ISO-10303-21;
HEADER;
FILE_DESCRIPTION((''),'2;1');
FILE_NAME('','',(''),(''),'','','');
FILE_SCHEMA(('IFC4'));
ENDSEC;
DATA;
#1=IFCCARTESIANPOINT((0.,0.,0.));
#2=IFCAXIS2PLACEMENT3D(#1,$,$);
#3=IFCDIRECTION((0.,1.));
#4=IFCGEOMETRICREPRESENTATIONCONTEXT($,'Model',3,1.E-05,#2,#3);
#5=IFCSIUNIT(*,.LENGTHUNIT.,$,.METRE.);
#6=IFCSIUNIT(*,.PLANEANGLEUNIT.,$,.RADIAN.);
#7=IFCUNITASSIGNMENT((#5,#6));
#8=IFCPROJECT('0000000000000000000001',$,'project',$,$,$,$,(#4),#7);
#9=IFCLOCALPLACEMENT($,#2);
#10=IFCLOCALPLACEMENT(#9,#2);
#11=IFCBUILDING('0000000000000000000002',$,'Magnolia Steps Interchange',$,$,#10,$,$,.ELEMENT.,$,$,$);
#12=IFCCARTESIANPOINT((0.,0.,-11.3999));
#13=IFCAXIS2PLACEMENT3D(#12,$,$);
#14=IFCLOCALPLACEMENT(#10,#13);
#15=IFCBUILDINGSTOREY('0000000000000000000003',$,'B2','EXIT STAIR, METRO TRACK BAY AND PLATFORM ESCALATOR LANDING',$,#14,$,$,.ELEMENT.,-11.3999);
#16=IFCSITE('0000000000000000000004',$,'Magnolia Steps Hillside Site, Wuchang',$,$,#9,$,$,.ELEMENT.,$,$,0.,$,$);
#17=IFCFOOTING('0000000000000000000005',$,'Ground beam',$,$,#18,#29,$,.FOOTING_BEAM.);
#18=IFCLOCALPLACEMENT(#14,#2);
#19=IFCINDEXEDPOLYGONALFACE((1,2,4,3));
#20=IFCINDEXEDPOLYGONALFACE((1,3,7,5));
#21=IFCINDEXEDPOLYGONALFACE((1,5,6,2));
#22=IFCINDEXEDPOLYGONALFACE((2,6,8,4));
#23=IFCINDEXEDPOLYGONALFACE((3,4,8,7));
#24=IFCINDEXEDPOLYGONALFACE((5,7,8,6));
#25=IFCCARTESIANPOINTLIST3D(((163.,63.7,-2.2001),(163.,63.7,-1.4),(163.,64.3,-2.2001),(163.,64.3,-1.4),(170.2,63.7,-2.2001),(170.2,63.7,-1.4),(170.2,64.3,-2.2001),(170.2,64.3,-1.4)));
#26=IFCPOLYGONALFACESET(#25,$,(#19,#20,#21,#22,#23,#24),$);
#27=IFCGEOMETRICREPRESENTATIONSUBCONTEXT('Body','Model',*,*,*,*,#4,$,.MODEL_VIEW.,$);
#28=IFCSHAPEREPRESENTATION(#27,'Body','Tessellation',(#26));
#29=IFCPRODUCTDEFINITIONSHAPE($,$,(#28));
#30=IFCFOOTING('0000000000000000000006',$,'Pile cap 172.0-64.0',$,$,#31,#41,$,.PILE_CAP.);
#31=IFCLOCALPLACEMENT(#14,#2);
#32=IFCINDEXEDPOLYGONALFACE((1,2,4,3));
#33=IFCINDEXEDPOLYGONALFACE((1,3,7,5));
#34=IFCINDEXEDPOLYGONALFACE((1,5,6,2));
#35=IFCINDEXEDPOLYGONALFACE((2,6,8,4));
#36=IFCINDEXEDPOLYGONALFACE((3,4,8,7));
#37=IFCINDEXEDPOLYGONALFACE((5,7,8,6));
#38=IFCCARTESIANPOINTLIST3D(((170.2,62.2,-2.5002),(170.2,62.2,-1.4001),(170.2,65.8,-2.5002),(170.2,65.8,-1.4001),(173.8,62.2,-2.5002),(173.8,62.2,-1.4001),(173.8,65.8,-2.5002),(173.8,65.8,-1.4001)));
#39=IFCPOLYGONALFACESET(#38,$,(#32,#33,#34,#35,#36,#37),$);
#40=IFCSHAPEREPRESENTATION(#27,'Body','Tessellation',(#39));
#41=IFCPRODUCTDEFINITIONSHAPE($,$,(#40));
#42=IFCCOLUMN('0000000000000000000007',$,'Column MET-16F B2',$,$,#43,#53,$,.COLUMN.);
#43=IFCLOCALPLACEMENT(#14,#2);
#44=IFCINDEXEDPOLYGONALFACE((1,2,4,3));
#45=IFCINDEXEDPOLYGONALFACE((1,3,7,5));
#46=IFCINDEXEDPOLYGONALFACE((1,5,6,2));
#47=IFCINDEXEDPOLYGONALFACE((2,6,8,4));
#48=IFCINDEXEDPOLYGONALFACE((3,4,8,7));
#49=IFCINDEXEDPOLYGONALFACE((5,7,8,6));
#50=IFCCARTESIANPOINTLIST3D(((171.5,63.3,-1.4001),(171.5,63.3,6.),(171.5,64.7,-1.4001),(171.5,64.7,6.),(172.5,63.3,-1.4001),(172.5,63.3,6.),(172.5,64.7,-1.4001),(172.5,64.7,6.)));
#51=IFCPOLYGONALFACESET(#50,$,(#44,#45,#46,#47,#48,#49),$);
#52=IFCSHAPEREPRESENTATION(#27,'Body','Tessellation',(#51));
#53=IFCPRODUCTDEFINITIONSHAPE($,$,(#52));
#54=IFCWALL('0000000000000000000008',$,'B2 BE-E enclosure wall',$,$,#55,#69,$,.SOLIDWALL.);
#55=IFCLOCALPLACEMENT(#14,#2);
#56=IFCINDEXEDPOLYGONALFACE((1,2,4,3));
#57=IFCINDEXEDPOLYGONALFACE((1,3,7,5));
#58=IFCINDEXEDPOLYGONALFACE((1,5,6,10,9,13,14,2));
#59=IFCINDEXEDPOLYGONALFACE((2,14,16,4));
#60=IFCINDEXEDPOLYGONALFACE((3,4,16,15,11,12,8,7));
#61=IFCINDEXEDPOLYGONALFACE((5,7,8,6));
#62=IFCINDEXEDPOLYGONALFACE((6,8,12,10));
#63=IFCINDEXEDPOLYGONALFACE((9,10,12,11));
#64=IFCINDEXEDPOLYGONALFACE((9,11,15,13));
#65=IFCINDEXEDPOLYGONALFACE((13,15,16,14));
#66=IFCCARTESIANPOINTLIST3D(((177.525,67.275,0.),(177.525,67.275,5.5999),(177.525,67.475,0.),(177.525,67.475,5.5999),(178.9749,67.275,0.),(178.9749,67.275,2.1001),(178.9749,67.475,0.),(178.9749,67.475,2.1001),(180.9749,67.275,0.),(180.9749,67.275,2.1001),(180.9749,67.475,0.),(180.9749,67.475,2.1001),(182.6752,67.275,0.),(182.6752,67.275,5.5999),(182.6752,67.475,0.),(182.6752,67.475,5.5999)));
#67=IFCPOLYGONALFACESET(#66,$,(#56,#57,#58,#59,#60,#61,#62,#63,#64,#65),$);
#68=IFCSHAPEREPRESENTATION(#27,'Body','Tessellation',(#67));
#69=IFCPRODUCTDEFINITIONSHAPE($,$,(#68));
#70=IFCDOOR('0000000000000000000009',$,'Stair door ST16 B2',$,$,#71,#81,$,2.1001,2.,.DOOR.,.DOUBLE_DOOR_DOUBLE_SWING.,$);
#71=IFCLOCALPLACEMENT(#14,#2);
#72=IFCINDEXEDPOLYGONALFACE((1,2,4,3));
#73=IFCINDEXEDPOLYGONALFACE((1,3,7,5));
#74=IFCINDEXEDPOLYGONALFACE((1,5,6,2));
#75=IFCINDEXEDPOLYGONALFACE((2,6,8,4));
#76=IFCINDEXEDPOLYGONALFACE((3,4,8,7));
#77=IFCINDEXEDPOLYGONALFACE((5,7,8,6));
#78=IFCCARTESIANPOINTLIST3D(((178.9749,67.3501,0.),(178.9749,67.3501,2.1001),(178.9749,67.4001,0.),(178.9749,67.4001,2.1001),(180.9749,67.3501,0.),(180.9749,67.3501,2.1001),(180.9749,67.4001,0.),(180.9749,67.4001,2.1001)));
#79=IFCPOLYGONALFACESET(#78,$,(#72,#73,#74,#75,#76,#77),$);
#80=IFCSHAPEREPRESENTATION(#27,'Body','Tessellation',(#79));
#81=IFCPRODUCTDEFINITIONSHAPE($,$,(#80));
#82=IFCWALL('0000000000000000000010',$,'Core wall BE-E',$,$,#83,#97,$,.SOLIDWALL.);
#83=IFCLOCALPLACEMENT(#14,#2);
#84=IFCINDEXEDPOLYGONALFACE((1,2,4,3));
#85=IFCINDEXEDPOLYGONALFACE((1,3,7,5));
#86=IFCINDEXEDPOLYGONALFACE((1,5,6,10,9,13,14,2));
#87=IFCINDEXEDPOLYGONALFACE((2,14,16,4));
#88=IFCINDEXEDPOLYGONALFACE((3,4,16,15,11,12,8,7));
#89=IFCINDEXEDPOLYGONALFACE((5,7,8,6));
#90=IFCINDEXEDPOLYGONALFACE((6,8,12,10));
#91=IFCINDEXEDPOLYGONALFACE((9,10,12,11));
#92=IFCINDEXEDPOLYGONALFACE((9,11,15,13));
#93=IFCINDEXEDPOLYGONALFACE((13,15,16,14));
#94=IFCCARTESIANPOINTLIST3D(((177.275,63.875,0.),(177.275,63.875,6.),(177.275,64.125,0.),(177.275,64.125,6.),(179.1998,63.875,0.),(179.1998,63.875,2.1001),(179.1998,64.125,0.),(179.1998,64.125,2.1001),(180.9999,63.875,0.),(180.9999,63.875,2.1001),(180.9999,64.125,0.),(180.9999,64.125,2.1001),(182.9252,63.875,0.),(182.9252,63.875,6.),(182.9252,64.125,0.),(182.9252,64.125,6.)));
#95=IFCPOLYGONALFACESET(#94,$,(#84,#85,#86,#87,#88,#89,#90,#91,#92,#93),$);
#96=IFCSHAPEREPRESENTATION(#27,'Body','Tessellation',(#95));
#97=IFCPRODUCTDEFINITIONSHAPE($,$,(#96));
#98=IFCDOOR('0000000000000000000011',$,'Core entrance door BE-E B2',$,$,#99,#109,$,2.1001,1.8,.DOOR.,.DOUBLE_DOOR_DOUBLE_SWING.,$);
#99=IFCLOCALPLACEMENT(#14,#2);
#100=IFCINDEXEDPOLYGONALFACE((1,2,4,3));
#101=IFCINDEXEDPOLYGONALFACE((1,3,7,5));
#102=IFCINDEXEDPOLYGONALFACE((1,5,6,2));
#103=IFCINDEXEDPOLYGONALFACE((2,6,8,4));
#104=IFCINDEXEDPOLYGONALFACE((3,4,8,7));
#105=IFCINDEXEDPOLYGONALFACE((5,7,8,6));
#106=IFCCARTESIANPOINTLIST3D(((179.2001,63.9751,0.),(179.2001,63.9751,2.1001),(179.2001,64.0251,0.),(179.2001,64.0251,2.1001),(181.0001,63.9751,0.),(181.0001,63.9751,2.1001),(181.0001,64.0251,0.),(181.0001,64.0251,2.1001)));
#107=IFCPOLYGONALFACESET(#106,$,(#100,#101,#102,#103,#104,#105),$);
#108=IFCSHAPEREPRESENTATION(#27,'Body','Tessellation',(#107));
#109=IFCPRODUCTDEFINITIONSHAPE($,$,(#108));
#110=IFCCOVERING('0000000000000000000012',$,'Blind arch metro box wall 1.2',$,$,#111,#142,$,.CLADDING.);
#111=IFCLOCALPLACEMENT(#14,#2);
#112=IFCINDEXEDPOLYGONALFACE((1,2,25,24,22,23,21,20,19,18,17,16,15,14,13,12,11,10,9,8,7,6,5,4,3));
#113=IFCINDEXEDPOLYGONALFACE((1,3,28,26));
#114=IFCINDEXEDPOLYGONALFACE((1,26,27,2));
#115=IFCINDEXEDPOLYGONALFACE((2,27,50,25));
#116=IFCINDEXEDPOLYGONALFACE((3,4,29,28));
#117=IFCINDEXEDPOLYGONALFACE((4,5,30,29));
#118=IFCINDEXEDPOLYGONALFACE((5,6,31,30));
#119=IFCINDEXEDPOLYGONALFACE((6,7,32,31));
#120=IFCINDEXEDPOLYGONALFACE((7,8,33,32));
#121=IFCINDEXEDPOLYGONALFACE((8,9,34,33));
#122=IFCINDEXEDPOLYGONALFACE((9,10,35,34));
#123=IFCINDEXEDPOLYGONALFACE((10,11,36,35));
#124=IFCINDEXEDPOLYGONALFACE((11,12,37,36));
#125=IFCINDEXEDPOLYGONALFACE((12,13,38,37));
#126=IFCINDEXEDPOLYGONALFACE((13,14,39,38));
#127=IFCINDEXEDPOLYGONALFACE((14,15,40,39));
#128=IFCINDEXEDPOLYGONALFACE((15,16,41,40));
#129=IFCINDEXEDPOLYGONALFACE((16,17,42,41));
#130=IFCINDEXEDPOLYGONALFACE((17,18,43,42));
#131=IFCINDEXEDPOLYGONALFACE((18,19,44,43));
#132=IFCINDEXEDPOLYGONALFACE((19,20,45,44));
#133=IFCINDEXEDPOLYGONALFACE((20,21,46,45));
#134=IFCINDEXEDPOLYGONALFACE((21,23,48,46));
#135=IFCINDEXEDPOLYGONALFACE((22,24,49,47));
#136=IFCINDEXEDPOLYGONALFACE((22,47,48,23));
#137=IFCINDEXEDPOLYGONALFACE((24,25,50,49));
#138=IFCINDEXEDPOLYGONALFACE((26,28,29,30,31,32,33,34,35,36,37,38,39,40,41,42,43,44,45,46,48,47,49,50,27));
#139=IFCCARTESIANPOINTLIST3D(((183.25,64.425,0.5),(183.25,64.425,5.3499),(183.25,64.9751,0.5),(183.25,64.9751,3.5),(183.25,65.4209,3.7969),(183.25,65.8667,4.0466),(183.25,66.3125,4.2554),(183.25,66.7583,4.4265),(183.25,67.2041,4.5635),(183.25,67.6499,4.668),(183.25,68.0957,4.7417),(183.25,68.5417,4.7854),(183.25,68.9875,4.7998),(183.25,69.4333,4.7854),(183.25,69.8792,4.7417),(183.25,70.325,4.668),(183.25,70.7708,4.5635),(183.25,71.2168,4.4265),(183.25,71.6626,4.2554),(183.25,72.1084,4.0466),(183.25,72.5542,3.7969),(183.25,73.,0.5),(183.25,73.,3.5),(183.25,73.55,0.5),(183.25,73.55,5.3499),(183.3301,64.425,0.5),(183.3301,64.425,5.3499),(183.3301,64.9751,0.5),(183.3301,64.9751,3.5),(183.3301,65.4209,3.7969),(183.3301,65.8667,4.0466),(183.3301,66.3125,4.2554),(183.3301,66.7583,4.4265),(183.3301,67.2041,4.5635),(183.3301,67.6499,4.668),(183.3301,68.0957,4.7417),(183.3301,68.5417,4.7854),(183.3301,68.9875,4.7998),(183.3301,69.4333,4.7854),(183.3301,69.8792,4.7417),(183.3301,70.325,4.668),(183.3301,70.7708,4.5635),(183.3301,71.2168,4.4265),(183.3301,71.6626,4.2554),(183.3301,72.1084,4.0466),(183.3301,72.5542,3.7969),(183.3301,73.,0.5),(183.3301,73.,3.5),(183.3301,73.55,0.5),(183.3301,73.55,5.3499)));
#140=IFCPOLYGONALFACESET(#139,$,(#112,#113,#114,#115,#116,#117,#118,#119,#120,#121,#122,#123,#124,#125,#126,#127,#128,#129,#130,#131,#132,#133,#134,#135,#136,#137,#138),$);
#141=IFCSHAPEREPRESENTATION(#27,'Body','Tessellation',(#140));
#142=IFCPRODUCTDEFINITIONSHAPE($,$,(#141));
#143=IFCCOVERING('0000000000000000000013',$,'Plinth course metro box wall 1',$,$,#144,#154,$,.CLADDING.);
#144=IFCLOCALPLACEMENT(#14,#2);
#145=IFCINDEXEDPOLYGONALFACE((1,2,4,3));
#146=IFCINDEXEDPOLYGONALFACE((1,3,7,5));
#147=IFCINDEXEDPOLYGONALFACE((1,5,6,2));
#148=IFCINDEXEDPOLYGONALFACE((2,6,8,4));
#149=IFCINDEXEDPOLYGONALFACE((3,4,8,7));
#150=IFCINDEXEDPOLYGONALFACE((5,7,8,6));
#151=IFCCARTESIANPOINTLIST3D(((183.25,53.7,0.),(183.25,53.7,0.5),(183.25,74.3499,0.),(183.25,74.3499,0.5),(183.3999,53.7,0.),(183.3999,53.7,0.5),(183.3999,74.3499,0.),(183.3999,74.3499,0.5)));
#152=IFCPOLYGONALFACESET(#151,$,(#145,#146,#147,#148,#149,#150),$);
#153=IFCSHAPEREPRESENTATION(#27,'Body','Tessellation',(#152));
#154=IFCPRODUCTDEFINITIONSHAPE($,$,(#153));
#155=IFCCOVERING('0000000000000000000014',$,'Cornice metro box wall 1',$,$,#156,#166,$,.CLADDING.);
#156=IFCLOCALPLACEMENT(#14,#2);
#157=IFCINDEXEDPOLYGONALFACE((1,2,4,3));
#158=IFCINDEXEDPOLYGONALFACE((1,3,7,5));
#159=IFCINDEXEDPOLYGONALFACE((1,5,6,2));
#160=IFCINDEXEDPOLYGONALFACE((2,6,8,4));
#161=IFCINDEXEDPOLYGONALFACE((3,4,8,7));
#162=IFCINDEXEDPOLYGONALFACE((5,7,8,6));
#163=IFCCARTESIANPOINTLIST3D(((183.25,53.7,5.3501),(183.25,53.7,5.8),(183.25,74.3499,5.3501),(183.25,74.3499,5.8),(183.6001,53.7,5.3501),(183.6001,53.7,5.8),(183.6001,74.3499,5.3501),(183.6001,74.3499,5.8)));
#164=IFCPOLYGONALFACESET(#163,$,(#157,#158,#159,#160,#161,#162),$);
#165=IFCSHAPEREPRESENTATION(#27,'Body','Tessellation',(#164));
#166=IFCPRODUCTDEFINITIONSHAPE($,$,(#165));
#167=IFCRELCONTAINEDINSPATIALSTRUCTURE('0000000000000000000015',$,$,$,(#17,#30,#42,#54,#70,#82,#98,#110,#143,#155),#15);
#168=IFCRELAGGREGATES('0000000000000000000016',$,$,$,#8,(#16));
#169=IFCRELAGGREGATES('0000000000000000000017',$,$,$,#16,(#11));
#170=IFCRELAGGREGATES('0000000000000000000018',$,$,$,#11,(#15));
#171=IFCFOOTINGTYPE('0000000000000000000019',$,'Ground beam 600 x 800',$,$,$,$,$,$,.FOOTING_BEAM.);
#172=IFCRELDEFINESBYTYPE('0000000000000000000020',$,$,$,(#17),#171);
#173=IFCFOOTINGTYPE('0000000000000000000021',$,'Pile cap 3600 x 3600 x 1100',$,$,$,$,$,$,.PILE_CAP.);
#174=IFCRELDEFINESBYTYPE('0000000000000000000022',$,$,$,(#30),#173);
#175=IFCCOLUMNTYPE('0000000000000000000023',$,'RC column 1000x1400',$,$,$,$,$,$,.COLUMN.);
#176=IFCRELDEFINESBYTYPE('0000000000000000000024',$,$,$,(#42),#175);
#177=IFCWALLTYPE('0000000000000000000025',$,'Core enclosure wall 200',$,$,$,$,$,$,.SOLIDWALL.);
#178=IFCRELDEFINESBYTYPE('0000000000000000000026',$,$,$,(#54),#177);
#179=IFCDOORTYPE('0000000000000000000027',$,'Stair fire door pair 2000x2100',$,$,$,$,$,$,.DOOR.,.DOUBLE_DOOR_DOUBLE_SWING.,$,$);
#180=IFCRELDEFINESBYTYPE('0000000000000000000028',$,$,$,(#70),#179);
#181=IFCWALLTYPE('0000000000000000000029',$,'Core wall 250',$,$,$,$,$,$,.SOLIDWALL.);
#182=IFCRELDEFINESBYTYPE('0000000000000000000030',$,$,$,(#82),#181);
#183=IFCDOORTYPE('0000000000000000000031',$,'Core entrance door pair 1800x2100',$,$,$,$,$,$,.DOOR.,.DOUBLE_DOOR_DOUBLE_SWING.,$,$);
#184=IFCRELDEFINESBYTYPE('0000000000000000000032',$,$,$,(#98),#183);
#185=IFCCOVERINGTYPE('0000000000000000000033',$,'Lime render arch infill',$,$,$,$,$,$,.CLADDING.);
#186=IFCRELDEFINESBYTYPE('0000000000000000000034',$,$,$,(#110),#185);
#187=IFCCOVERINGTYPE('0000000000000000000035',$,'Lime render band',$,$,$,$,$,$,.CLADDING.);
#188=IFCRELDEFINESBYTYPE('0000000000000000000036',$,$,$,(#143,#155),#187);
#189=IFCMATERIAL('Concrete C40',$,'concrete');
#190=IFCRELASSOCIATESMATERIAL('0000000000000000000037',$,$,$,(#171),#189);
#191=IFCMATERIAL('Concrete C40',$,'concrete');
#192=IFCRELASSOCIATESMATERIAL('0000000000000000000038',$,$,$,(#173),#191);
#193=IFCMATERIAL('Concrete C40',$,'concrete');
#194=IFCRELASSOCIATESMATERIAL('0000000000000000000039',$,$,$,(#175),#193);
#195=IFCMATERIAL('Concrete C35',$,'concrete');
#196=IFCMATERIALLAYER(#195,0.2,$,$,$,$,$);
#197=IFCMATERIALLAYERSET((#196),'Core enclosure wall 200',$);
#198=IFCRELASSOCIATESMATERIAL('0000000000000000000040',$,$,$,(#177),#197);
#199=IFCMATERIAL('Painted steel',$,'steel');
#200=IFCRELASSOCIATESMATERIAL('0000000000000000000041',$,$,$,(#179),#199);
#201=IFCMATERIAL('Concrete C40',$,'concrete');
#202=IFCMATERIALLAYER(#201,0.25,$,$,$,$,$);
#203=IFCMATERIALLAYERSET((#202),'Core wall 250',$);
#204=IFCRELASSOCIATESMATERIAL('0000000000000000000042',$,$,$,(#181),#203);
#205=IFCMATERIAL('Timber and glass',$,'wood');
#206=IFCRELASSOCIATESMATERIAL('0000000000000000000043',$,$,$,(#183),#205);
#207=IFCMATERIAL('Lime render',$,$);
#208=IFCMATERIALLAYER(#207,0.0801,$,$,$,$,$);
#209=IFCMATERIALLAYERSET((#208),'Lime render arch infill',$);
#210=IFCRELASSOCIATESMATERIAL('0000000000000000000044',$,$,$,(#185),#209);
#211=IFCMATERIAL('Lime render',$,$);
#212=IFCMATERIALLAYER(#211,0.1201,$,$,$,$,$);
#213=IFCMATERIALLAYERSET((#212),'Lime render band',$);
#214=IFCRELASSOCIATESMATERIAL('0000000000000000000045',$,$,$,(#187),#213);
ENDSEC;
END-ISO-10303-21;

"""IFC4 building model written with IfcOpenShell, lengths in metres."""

from ifc_helpers import new_model, si_unit, direction, frame, frame_2d, origin, origin_2d, place, context, subcontext, project, spatial, polyline, rectangle, outline, extrude, material, layer, layer_set, material_profile, profile_set, type_object, element, fill, save


model = new_model("IFC4")

# Units and contexts
model_context = context("Model", 3, precision=1e-05, world=origin(), true_north=direction((0.0, 1.0)))
body_context = subcontext(model_context, "Body", "Model", "MODEL_VIEW")
ifc_project = project(units=[si_unit("LENGTHUNIT", "METRE"), si_unit("PLANEANGLEUNIT", "RADIAN")], contexts=[model_context])

# Site, building, storey
site_placement = place(None, origin())
site = spatial("IfcSite", under=ifc_project, at=site_placement, Name="Magnolia Steps Hillside Site, Wuchang", CompositionType="ELEMENT", RefElevation=0.0)
building_placement = place(site_placement, origin())
building = spatial("IfcBuilding", under=site, at=building_placement, Name="Magnolia Steps Interchange", CompositionType="ELEMENT")
storey_placement = place(building_placement, frame((0.0, 0.0, -11.3999)))
storey = spatial("IfcBuildingStorey", under=building, at=storey_placement, Name="B2", Description="EXIT STAIR, METRO TRACK BAY AND PLATFORM ESCALATOR LANDING", CompositionType="ELEMENT", Elevation=-11.3999)

# Footings
ifc_material_1 = material(Name="Concrete C40", Category="concrete")
ifc_material_profile_1 = material_profile(ifc_material_1, rectangle(XDim=0.6001, YDim=0.8, at=origin_2d()), Name="RC600x800")
ifc_profile_set_1 = profile_set([ifc_material_profile_1], Name="Concrete C40")
footing_type_1 = type_object("IfcFootingType", Name="Ground beam 600 x 800", PredefinedType="FOOTING_BEAM", material=ifc_profile_set_1)
footing_1_placement = place(storey_placement, frame((163.0, 64.0, -1.8), z_axis=(1.0, 0.0, 0.0), x_axis=(0.0, 1.0, 0.0)))
element("IfcFooting", 1, at=footing_1_placement, inside=storey, type_object=footing_type_1, Name="Ground beam", PredefinedType="FOOTING_BEAM", context=body_context, shape_type="SweptSolid", body=[
    extrude(rectangle(XDim=0.6001, YDim=0.8, at=origin_2d()), origin(), (0.0, 0.0, 1.0), 7.2),
])
ifc_material_2 = material(Name="Concrete C40", Category="concrete")
footing_type_2 = type_object("IfcFootingType", Name="Pile cap 3600 x 3600 x 1100", PredefinedType="PILE_CAP", material=ifc_material_2)
footing_2_placement = place(storey_placement, frame((172.0, 64.0, -2.5002), z_axis=(0.0, 0.0, 1.0), x_axis=(1.0, 0.0, 0.0)))
element("IfcFooting", 2, at=footing_2_placement, inside=storey, type_object=footing_type_2, Name="Pile cap 172.0-64.0", PredefinedType="PILE_CAP", context=body_context, shape_type="SweptSolid", body=[
    extrude(rectangle(XDim=3.6001, YDim=3.6001, at=origin_2d()), origin(), (0.0, 0.0, 1.0), 1.1001),
])

# Column
ifc_material_3 = material(Name="Concrete C40", Category="concrete")
ifc_material_profile_2 = material_profile(ifc_material_3, rectangle(XDim=1.0, YDim=1.3999, at=origin_2d()), Name="RC1000x1400")
ifc_profile_set_2 = profile_set([ifc_material_profile_2], Name="Concrete C40")
column_type = type_object("IfcColumnType", Name="RC column 1000x1400", PredefinedType="COLUMN", material=ifc_profile_set_2)
column_placement = place(storey_placement, frame((172.0, 64.0, -1.4001), z_axis=(0.0, 0.0, 1.0), x_axis=(1.0, 0.0, 0.0)))
element("IfcColumn", 3, at=column_placement, inside=storey, type_object=column_type, Name="Column MET-16F B2", PredefinedType="COLUMN", context=body_context, shape_type="SweptSolid", body=[
    extrude(rectangle(XDim=1.0, YDim=1.3999, at=origin_2d()), origin(), (0.0, 0.0, 1.0), 7.4001),
])

# Walls, openings, doors
ifc_material_4 = material(Name="Concrete C35", Category="concrete")
ifc_layer_1 = layer(ifc_material_4, 0.2)
ifc_layer_set_1 = layer_set([ifc_layer_1], Name="Core enclosure wall 200")
wall_type_1 = type_object("IfcWallType", Name="Core enclosure wall 200", PredefinedType="SOLIDWALL", material=ifc_layer_set_1)
wall_1_placement = place(storey_placement, frame((177.5249, 67.375, 0.0), z_axis=(0.0, 0.0, 1.0), x_axis=(1.0, 0.0, 0.0)))
wall_1 = element("IfcWall", 4, at=wall_1_placement, inside=storey, type_object=wall_type_1, Name="B2 BE-E enclosure wall", PredefinedType="SOLIDWALL", context=body_context, shape_type="SweptSolid", body=[
    extrude(rectangle(XDim=5.1501, YDim=0.2, at=frame_2d((2.5752, 0.0))), origin(), (0.0, 0.0, 1.0), 5.5999),
])
opening_1_placement = place(wall_1_placement, frame((1.45, 0.0, 0.0)))
opening_1 = element("IfcOpeningElement", 5, at=opening_1_placement, cuts=wall_1, PredefinedType="OPENING", context=body_context, shape_type="SweptSolid", body=[
    extrude(rectangle(XDim=2.0, YDim=2.1001, at=frame_2d((1.0, 1.05))), frame((0.0, 0.1099, 0.0), z_axis=(0.0, -1.0, 0.0), x_axis=(1.0, 0.0, 0.0)), (0.0, 0.0, 1.0), 0.22),
])
ifc_material_5 = material(Name="Painted steel", Category="steel")
door_type_1 = type_object("IfcDoorType", Name="Stair fire door pair 2000x2100", OperationType="DOUBLE_DOOR_DOUBLE_SWING", PredefinedType="DOOR", material=ifc_material_5)
door_1_placement = place(opening_1_placement, frame((2.0, 0.0, 0.0), z_axis=(0.0, 0.0, 1.0), x_axis=(-1.0, 0.0, 0.0)))
door_1 = element("IfcDoor", 6, at=door_1_placement, inside=storey, type_object=door_type_1, Name="Stair door ST16 B2", OperationType="DOUBLE_DOOR_DOUBLE_SWING", OverallHeight=2.1001, OverallWidth=2.0, PredefinedType="DOOR", context=body_context, shape_type="SweptSolid", body=[
    extrude(rectangle(XDim=2.0, YDim=2.1001, at=frame_2d((1.0, 1.05))), frame((0.0, 0.0249, 0.0), z_axis=(0.0, -1.0, 0.0), x_axis=(1.0, 0.0, 0.0)), (0.0, 0.0, 1.0), 0.05),
])
fill(opening_1, door_1)
ifc_material_6 = material(Name="Concrete C40", Category="concrete")
ifc_layer_2 = layer(ifc_material_6, 0.25)
ifc_layer_set_2 = layer_set([ifc_layer_2], Name="Core wall 250")
wall_type_2 = type_object("IfcWallType", Name="Core wall 250", PredefinedType="SOLIDWALL", material=ifc_layer_set_2)
wall_2_placement = place(storey_placement, frame((177.2749, 64.0, 0.0), z_axis=(0.0, 0.0, 1.0), x_axis=(1.0, 0.0, 0.0)))
wall_2 = element("IfcWall", 7, at=wall_2_placement, inside=storey, type_object=wall_type_2, Name="Core wall BE-E", PredefinedType="SOLIDWALL", context=body_context, shape_type="SweptSolid", body=[
    extrude(rectangle(XDim=5.6501, YDim=0.25, at=frame_2d((2.8252, 0.0))), origin(), (0.0, 0.0, 1.0), 6.0),
])
opening_2_placement = place(wall_2_placement, frame((1.925, 0.0, 0.0)))
opening_2 = element("IfcOpeningElement", 8, at=opening_2_placement, cuts=wall_2, PredefinedType="OPENING", context=body_context, shape_type="SweptSolid", body=[
    extrude(rectangle(XDim=1.8, YDim=2.1001, at=frame_2d((0.8999, 1.05))), frame((0.0, 0.135, 0.0), z_axis=(0.0, -1.0, 0.0), x_axis=(1.0, 0.0, 0.0)), (0.0, 0.0, 1.0), 0.27),
])
ifc_material_7 = material(Name="Timber and glass", Category="wood")
door_type_2 = type_object("IfcDoorType", Name="Core entrance door pair 1800x2100", OperationType="DOUBLE_DOOR_DOUBLE_SWING", PredefinedType="DOOR", material=ifc_material_7)
door_2_placement = place(opening_2_placement, frame((1.8, 0.0, 0.0), z_axis=(0.0, 0.0, 1.0), x_axis=(-1.0, 0.0, 0.0)))
door_2 = element("IfcDoor", 9, at=door_2_placement, inside=storey, type_object=door_type_2, Name="Core entrance door BE-E B2", OperationType="DOUBLE_DOOR_DOUBLE_SWING", OverallHeight=2.1001, OverallWidth=1.8, PredefinedType="DOOR", context=body_context, shape_type="SweptSolid", body=[
    extrude(rectangle(XDim=1.8, YDim=2.1001, at=frame_2d((0.8999, 1.05))), frame((0.0, 0.0249, 0.0), z_axis=(0.0, -1.0, 0.0), x_axis=(1.0, 0.0, 0.0)), (0.0, 0.0, 1.0), 0.05),
])
fill(opening_2, door_2)

# Coverings
ifc_material_8 = material(Name="Lime render")
ifc_layer_3 = layer(ifc_material_8, 0.0801)
ifc_layer_set_3 = layer_set([ifc_layer_3], Name="Lime render arch infill")
covering_type_1 = type_object("IfcCoveringType", Name="Lime render arch infill", PredefinedType="CLADDING", material=ifc_layer_set_3)
covering_1_placement = place(storey_placement, frame((183.25, 64.425, 0.5), z_axis=(-1.0, 0.0, 0.0), x_axis=(0.0, 0.0, 1.0)))
element("IfcCovering", 10, at=covering_1_placement, inside=storey, type_object=covering_type_1, Name="Blind arch metro box wall 1.2", PredefinedType="CLADDING", context=body_context, shape_type="SweptSolid", body=[
    extrude(outline(polyline([(0.0, 0.0), (4.8499, 0.0), (4.8499, 9.125), (0.0, 9.125), (0.0, 8.575), (3.0, 8.575), (3.2969, 8.1292), (3.5466, 7.6833), (3.7554, 7.2375), (3.9265, 6.7917), (4.0635, 6.3457), (4.168, 5.8999), (4.2417, 5.4541), (4.2854, 5.0083), (4.2998, 4.5625), (4.2854, 4.1167), (4.2417, 3.6707), (4.168, 3.2249), (4.0635, 2.7791), (3.9265, 2.3333), (3.7554, 1.8875), (3.5466, 1.4417), (3.2969, 0.9958), (3.0, 0.55), (0.0, 0.55), (0.0, 0.0)])), origin(), (0.0, 0.0, -1.0), 0.0801),
])
ifc_material_9 = material(Name="Lime render")
ifc_layer_4 = layer(ifc_material_9, 0.1201)
ifc_layer_set_4 = layer_set([ifc_layer_4], Name="Lime render band")
covering_type_2 = type_object("IfcCoveringType", Name="Lime render band", PredefinedType="CLADDING", material=ifc_layer_set_4)
covering_2_placement = place(storey_placement, frame((183.325, 64.0249, 0.0), z_axis=(0.0, 0.0, 1.0), x_axis=(1.0, 0.0, 0.0)))
element("IfcCovering", 11, at=covering_2_placement, inside=storey, type_object=covering_type_2, Name="Plinth course metro box wall 1", PredefinedType="CLADDING", context=body_context, shape_type="SweptSolid", body=[
    extrude(rectangle(XDim=0.1499, YDim=20.6499, at=origin_2d()), origin(), (0.0, 0.0, 1.0), 0.5),
])
covering_3_placement = place(storey_placement, frame((183.425, 64.0249, 5.3501), z_axis=(0.0, 0.0, 1.0), x_axis=(1.0, 0.0, 0.0)))
element("IfcCovering", 12, at=covering_3_placement, inside=storey, type_object=covering_type_2, Name="Cornice metro box wall 1", PredefinedType="CLADDING", context=body_context, shape_type="SweptSolid", body=[
    extrude(rectangle(XDim=0.3501, YDim=20.6499, at=origin_2d()), origin(), (0.0, 0.0, 1.0), 0.45),
])

save(model, "model.ifc")
